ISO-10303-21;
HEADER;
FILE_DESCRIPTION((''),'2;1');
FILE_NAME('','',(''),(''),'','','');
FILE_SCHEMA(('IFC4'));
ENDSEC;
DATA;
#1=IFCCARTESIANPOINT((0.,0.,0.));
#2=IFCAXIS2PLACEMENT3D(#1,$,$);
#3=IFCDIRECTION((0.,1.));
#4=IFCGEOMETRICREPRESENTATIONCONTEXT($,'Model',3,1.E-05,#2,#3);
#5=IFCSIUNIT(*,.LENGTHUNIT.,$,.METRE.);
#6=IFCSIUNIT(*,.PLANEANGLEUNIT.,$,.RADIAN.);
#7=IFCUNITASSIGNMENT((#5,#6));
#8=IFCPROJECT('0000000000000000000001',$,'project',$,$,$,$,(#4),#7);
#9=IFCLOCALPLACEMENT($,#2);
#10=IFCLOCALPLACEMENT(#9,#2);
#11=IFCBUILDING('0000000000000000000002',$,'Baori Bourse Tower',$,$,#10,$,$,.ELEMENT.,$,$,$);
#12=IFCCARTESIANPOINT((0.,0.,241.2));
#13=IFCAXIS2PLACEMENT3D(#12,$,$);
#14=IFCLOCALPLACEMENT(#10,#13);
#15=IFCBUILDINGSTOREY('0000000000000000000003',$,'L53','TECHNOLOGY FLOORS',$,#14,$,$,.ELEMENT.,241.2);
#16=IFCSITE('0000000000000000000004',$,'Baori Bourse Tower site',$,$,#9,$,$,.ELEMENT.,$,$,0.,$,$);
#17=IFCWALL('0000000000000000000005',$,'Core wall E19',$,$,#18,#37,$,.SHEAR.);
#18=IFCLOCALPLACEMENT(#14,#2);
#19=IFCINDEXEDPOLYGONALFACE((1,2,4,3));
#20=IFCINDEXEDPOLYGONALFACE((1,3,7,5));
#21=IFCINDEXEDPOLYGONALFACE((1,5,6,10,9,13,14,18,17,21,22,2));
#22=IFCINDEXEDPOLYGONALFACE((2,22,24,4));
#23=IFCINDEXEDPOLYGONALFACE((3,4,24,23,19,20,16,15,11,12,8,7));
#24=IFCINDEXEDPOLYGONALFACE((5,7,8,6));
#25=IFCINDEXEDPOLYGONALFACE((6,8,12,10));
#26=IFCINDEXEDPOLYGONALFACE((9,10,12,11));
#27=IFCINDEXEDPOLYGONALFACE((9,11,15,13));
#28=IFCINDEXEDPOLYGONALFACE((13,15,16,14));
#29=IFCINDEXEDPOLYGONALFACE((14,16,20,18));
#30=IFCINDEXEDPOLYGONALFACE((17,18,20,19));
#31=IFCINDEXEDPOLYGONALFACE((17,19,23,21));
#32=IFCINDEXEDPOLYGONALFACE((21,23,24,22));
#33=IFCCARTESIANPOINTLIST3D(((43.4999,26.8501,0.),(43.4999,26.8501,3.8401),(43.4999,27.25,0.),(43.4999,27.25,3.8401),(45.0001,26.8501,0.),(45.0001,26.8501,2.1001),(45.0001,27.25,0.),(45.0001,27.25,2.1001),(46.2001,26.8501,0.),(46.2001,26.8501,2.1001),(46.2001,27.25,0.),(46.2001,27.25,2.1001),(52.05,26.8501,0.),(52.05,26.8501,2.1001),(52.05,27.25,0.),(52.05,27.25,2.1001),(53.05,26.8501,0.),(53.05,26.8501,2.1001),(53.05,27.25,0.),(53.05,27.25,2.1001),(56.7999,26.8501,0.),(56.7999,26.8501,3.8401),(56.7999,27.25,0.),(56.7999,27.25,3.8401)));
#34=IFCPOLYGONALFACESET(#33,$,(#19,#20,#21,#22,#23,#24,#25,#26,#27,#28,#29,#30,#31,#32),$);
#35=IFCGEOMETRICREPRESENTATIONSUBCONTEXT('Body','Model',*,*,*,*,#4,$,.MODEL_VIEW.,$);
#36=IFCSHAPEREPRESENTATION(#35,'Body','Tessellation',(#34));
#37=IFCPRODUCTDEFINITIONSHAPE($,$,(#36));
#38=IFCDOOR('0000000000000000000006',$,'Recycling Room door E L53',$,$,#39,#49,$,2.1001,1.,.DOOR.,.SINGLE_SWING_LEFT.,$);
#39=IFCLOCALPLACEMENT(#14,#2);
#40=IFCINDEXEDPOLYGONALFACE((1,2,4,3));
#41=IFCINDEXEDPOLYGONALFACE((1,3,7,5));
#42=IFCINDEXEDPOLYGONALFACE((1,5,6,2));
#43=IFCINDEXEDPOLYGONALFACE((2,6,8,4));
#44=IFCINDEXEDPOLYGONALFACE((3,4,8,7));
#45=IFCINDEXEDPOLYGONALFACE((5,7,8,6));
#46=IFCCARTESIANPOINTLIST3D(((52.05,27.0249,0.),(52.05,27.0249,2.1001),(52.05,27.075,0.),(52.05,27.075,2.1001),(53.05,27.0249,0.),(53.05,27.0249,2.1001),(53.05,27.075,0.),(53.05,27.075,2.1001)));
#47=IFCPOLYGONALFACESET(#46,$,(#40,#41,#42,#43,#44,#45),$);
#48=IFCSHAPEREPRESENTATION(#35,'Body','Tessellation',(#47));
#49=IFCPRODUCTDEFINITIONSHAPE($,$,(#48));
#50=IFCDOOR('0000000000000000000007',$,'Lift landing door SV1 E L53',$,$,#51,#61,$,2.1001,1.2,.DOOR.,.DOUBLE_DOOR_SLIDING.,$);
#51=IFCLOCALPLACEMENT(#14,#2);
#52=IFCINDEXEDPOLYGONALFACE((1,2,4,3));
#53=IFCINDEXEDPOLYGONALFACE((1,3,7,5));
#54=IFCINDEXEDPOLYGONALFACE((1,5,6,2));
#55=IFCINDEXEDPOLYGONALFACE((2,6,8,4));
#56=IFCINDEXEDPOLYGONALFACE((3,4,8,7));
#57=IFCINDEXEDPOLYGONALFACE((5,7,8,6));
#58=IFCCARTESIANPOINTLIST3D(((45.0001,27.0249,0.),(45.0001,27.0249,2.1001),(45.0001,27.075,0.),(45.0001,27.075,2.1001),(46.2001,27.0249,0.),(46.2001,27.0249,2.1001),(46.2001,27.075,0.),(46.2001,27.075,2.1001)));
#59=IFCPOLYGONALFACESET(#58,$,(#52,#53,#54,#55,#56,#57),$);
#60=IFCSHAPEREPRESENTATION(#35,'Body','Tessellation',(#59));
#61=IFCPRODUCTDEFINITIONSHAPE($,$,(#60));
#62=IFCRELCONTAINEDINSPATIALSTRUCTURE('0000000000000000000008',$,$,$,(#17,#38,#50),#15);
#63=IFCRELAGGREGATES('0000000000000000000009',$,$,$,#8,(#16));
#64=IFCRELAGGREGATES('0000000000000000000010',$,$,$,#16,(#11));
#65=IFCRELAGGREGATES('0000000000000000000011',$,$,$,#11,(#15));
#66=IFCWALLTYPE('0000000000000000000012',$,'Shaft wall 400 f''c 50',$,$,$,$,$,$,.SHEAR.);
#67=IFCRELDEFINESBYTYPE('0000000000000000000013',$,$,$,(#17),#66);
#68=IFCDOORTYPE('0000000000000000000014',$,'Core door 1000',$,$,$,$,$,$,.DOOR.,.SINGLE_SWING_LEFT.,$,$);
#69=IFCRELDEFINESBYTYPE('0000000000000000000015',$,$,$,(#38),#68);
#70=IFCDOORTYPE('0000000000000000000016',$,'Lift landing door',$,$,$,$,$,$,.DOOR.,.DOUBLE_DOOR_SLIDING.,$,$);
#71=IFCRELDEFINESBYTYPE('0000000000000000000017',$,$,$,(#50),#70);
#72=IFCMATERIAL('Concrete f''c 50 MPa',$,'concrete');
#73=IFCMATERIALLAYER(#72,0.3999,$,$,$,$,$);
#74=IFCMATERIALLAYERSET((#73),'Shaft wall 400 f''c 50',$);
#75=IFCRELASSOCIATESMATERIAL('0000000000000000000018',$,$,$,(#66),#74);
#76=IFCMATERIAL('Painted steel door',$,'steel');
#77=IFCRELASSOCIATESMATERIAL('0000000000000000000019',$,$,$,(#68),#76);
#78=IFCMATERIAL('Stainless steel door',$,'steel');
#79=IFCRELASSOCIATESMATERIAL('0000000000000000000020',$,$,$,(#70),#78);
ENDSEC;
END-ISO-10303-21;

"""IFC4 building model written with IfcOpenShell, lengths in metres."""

from ifc_helpers import new_model, si_unit, direction, frame, frame_2d, origin, place, context, subcontext, project, spatial, rectangle, extrude, material, layer, layer_set, type_object, element, fill, save


model = new_model("IFC4")

# Units and contexts
model_context = context("Model", 3, precision=1e-05, world=origin(), true_north=direction((0.0, 1.0)))
body_context = subcontext(model_context, "Body", "Model", "MODEL_VIEW")
ifc_project = project(units=[si_unit("LENGTHUNIT", "METRE"), si_unit("PLANEANGLEUNIT", "RADIAN")], contexts=[model_context])

# Site, building, storey
site_placement = place(None, origin())
site = spatial("IfcSite", under=ifc_project, at=site_placement, Name="Baori Bourse Tower site", CompositionType="ELEMENT", RefElevation=0.0)
building_placement = place(site_placement, origin())
building = spatial("IfcBuilding", under=site, at=building_placement, Name="Baori Bourse Tower", CompositionType="ELEMENT")
storey_placement = place(building_placement, frame((0.0, 0.0, 241.2)))
storey = spatial("IfcBuildingStorey", under=building, at=storey_placement, Name="L53", Description="TECHNOLOGY FLOORS", CompositionType="ELEMENT", Elevation=241.2)

# Wall, openings, doors
ifc_material_1 = material(Name="Concrete f'c 50 MPa", Category="concrete")
ifc_layer_1 = layer(ifc_material_1, 0.3999)
ifc_layer_set_1 = layer_set([ifc_layer_1], Name="Shaft wall 400 f'c 50")
wall_type_1 = type_object("IfcWallType", Name="Shaft wall 400 f'c 50", PredefinedType="SHEAR", material=ifc_layer_set_1)
wall_1_placement = place(storey_placement, frame((43.5, 27.05, 0.0), z_axis=(0.0, 0.0, 1.0), x_axis=(1.0, 0.0, 0.0)))
wall_1 = element("IfcWall", 1, at=wall_1_placement, inside=storey, type_object=wall_type_1, Name="Core wall E19", PredefinedType="SHEAR", context=body_context, shape_type="SweptSolid", body=[
    extrude(rectangle(XDim=13.3, YDim=0.3999, at=frame_2d((6.6499, 0.0))), origin(), (0.0, 0.0, 1.0), 3.8401),
])
opening_1_placement = place(wall_1_placement, frame((8.55, 0.0, 0.0)))
opening_1 = element("IfcOpeningElement", 2, at=opening_1_placement, cuts=wall_1, PredefinedType="OPENING", context=body_context, shape_type="SweptSolid", body=[
    extrude(rectangle(XDim=1.0, YDim=2.1001, at=frame_2d((0.5, 1.05))), frame((0.0, 0.21, 0.0), z_axis=(0.0, -1.0, 0.0), x_axis=(1.0, 0.0, 0.0)), (0.0, 0.0, 1.0), 0.4199),
])
opening_2_placement = place(wall_1_placement, frame((1.5, 0.0, 0.0)))
opening_2 = element("IfcOpeningElement", 3, at=opening_2_placement, cuts=wall_1, PredefinedType="OPENING", context=body_context, shape_type="SweptSolid", body=[
    extrude(rectangle(XDim=1.2, YDim=2.1001, at=frame_2d((0.6001, 1.05))), frame((0.0, 0.21, 0.0), z_axis=(0.0, -1.0, 0.0), x_axis=(1.0, 0.0, 0.0)), (0.0, 0.0, 1.0), 0.4199),
])
ifc_material_2 = material(Name="Painted steel door", Category="steel")
door_type_1 = type_object("IfcDoorType", Name="Core door 1000", OperationType="SINGLE_SWING_LEFT", PredefinedType="DOOR", material=ifc_material_2)
door_1_placement = place(opening_1_placement, origin())
door_1 = element("IfcDoor", 4, at=door_1_placement, inside=storey, type_object=door_type_1, Name="Recycling Room door E L53", OperationType="SINGLE_SWING_LEFT", OverallHeight=2.1001, OverallWidth=1.0, PredefinedType="DOOR", context=body_context, shape_type="SweptSolid", body=[
    extrude(rectangle(XDim=1.0, YDim=2.1001, at=frame_2d((0.5, 1.05))), frame((0.0, 0.0249, 0.0), z_axis=(0.0, -1.0, 0.0), x_axis=(1.0, 0.0, 0.0)), (0.0, 0.0, 1.0), 0.05),
])
fill(opening_1, door_1)
ifc_material_3 = material(Name="Stainless steel door", Category="steel")
door_type_2 = type_object("IfcDoorType", Name="Lift landing door", OperationType="DOUBLE_DOOR_SLIDING", PredefinedType="DOOR", material=ifc_material_3)
door_2_placement = place(opening_2_placement, origin())
door_2 = element("IfcDoor", 5, at=door_2_placement, inside=storey, type_object=door_type_2, Name="Lift landing door SV1 E L53", OperationType="DOUBLE_DOOR_SLIDING", OverallHeight=2.1001, OverallWidth=1.2, PredefinedType="DOOR", context=body_context, shape_type="SweptSolid", body=[
    extrude(rectangle(XDim=1.2, YDim=2.1001, at=frame_2d((0.6001, 1.05))), frame((0.0, 0.0249, 0.0), z_axis=(0.0, -1.0, 0.0), x_axis=(1.0, 0.0, 0.0)), (0.0, 0.0, 1.0), 0.05),
])
fill(opening_2, door_2)

save(model, "model.ifc")
